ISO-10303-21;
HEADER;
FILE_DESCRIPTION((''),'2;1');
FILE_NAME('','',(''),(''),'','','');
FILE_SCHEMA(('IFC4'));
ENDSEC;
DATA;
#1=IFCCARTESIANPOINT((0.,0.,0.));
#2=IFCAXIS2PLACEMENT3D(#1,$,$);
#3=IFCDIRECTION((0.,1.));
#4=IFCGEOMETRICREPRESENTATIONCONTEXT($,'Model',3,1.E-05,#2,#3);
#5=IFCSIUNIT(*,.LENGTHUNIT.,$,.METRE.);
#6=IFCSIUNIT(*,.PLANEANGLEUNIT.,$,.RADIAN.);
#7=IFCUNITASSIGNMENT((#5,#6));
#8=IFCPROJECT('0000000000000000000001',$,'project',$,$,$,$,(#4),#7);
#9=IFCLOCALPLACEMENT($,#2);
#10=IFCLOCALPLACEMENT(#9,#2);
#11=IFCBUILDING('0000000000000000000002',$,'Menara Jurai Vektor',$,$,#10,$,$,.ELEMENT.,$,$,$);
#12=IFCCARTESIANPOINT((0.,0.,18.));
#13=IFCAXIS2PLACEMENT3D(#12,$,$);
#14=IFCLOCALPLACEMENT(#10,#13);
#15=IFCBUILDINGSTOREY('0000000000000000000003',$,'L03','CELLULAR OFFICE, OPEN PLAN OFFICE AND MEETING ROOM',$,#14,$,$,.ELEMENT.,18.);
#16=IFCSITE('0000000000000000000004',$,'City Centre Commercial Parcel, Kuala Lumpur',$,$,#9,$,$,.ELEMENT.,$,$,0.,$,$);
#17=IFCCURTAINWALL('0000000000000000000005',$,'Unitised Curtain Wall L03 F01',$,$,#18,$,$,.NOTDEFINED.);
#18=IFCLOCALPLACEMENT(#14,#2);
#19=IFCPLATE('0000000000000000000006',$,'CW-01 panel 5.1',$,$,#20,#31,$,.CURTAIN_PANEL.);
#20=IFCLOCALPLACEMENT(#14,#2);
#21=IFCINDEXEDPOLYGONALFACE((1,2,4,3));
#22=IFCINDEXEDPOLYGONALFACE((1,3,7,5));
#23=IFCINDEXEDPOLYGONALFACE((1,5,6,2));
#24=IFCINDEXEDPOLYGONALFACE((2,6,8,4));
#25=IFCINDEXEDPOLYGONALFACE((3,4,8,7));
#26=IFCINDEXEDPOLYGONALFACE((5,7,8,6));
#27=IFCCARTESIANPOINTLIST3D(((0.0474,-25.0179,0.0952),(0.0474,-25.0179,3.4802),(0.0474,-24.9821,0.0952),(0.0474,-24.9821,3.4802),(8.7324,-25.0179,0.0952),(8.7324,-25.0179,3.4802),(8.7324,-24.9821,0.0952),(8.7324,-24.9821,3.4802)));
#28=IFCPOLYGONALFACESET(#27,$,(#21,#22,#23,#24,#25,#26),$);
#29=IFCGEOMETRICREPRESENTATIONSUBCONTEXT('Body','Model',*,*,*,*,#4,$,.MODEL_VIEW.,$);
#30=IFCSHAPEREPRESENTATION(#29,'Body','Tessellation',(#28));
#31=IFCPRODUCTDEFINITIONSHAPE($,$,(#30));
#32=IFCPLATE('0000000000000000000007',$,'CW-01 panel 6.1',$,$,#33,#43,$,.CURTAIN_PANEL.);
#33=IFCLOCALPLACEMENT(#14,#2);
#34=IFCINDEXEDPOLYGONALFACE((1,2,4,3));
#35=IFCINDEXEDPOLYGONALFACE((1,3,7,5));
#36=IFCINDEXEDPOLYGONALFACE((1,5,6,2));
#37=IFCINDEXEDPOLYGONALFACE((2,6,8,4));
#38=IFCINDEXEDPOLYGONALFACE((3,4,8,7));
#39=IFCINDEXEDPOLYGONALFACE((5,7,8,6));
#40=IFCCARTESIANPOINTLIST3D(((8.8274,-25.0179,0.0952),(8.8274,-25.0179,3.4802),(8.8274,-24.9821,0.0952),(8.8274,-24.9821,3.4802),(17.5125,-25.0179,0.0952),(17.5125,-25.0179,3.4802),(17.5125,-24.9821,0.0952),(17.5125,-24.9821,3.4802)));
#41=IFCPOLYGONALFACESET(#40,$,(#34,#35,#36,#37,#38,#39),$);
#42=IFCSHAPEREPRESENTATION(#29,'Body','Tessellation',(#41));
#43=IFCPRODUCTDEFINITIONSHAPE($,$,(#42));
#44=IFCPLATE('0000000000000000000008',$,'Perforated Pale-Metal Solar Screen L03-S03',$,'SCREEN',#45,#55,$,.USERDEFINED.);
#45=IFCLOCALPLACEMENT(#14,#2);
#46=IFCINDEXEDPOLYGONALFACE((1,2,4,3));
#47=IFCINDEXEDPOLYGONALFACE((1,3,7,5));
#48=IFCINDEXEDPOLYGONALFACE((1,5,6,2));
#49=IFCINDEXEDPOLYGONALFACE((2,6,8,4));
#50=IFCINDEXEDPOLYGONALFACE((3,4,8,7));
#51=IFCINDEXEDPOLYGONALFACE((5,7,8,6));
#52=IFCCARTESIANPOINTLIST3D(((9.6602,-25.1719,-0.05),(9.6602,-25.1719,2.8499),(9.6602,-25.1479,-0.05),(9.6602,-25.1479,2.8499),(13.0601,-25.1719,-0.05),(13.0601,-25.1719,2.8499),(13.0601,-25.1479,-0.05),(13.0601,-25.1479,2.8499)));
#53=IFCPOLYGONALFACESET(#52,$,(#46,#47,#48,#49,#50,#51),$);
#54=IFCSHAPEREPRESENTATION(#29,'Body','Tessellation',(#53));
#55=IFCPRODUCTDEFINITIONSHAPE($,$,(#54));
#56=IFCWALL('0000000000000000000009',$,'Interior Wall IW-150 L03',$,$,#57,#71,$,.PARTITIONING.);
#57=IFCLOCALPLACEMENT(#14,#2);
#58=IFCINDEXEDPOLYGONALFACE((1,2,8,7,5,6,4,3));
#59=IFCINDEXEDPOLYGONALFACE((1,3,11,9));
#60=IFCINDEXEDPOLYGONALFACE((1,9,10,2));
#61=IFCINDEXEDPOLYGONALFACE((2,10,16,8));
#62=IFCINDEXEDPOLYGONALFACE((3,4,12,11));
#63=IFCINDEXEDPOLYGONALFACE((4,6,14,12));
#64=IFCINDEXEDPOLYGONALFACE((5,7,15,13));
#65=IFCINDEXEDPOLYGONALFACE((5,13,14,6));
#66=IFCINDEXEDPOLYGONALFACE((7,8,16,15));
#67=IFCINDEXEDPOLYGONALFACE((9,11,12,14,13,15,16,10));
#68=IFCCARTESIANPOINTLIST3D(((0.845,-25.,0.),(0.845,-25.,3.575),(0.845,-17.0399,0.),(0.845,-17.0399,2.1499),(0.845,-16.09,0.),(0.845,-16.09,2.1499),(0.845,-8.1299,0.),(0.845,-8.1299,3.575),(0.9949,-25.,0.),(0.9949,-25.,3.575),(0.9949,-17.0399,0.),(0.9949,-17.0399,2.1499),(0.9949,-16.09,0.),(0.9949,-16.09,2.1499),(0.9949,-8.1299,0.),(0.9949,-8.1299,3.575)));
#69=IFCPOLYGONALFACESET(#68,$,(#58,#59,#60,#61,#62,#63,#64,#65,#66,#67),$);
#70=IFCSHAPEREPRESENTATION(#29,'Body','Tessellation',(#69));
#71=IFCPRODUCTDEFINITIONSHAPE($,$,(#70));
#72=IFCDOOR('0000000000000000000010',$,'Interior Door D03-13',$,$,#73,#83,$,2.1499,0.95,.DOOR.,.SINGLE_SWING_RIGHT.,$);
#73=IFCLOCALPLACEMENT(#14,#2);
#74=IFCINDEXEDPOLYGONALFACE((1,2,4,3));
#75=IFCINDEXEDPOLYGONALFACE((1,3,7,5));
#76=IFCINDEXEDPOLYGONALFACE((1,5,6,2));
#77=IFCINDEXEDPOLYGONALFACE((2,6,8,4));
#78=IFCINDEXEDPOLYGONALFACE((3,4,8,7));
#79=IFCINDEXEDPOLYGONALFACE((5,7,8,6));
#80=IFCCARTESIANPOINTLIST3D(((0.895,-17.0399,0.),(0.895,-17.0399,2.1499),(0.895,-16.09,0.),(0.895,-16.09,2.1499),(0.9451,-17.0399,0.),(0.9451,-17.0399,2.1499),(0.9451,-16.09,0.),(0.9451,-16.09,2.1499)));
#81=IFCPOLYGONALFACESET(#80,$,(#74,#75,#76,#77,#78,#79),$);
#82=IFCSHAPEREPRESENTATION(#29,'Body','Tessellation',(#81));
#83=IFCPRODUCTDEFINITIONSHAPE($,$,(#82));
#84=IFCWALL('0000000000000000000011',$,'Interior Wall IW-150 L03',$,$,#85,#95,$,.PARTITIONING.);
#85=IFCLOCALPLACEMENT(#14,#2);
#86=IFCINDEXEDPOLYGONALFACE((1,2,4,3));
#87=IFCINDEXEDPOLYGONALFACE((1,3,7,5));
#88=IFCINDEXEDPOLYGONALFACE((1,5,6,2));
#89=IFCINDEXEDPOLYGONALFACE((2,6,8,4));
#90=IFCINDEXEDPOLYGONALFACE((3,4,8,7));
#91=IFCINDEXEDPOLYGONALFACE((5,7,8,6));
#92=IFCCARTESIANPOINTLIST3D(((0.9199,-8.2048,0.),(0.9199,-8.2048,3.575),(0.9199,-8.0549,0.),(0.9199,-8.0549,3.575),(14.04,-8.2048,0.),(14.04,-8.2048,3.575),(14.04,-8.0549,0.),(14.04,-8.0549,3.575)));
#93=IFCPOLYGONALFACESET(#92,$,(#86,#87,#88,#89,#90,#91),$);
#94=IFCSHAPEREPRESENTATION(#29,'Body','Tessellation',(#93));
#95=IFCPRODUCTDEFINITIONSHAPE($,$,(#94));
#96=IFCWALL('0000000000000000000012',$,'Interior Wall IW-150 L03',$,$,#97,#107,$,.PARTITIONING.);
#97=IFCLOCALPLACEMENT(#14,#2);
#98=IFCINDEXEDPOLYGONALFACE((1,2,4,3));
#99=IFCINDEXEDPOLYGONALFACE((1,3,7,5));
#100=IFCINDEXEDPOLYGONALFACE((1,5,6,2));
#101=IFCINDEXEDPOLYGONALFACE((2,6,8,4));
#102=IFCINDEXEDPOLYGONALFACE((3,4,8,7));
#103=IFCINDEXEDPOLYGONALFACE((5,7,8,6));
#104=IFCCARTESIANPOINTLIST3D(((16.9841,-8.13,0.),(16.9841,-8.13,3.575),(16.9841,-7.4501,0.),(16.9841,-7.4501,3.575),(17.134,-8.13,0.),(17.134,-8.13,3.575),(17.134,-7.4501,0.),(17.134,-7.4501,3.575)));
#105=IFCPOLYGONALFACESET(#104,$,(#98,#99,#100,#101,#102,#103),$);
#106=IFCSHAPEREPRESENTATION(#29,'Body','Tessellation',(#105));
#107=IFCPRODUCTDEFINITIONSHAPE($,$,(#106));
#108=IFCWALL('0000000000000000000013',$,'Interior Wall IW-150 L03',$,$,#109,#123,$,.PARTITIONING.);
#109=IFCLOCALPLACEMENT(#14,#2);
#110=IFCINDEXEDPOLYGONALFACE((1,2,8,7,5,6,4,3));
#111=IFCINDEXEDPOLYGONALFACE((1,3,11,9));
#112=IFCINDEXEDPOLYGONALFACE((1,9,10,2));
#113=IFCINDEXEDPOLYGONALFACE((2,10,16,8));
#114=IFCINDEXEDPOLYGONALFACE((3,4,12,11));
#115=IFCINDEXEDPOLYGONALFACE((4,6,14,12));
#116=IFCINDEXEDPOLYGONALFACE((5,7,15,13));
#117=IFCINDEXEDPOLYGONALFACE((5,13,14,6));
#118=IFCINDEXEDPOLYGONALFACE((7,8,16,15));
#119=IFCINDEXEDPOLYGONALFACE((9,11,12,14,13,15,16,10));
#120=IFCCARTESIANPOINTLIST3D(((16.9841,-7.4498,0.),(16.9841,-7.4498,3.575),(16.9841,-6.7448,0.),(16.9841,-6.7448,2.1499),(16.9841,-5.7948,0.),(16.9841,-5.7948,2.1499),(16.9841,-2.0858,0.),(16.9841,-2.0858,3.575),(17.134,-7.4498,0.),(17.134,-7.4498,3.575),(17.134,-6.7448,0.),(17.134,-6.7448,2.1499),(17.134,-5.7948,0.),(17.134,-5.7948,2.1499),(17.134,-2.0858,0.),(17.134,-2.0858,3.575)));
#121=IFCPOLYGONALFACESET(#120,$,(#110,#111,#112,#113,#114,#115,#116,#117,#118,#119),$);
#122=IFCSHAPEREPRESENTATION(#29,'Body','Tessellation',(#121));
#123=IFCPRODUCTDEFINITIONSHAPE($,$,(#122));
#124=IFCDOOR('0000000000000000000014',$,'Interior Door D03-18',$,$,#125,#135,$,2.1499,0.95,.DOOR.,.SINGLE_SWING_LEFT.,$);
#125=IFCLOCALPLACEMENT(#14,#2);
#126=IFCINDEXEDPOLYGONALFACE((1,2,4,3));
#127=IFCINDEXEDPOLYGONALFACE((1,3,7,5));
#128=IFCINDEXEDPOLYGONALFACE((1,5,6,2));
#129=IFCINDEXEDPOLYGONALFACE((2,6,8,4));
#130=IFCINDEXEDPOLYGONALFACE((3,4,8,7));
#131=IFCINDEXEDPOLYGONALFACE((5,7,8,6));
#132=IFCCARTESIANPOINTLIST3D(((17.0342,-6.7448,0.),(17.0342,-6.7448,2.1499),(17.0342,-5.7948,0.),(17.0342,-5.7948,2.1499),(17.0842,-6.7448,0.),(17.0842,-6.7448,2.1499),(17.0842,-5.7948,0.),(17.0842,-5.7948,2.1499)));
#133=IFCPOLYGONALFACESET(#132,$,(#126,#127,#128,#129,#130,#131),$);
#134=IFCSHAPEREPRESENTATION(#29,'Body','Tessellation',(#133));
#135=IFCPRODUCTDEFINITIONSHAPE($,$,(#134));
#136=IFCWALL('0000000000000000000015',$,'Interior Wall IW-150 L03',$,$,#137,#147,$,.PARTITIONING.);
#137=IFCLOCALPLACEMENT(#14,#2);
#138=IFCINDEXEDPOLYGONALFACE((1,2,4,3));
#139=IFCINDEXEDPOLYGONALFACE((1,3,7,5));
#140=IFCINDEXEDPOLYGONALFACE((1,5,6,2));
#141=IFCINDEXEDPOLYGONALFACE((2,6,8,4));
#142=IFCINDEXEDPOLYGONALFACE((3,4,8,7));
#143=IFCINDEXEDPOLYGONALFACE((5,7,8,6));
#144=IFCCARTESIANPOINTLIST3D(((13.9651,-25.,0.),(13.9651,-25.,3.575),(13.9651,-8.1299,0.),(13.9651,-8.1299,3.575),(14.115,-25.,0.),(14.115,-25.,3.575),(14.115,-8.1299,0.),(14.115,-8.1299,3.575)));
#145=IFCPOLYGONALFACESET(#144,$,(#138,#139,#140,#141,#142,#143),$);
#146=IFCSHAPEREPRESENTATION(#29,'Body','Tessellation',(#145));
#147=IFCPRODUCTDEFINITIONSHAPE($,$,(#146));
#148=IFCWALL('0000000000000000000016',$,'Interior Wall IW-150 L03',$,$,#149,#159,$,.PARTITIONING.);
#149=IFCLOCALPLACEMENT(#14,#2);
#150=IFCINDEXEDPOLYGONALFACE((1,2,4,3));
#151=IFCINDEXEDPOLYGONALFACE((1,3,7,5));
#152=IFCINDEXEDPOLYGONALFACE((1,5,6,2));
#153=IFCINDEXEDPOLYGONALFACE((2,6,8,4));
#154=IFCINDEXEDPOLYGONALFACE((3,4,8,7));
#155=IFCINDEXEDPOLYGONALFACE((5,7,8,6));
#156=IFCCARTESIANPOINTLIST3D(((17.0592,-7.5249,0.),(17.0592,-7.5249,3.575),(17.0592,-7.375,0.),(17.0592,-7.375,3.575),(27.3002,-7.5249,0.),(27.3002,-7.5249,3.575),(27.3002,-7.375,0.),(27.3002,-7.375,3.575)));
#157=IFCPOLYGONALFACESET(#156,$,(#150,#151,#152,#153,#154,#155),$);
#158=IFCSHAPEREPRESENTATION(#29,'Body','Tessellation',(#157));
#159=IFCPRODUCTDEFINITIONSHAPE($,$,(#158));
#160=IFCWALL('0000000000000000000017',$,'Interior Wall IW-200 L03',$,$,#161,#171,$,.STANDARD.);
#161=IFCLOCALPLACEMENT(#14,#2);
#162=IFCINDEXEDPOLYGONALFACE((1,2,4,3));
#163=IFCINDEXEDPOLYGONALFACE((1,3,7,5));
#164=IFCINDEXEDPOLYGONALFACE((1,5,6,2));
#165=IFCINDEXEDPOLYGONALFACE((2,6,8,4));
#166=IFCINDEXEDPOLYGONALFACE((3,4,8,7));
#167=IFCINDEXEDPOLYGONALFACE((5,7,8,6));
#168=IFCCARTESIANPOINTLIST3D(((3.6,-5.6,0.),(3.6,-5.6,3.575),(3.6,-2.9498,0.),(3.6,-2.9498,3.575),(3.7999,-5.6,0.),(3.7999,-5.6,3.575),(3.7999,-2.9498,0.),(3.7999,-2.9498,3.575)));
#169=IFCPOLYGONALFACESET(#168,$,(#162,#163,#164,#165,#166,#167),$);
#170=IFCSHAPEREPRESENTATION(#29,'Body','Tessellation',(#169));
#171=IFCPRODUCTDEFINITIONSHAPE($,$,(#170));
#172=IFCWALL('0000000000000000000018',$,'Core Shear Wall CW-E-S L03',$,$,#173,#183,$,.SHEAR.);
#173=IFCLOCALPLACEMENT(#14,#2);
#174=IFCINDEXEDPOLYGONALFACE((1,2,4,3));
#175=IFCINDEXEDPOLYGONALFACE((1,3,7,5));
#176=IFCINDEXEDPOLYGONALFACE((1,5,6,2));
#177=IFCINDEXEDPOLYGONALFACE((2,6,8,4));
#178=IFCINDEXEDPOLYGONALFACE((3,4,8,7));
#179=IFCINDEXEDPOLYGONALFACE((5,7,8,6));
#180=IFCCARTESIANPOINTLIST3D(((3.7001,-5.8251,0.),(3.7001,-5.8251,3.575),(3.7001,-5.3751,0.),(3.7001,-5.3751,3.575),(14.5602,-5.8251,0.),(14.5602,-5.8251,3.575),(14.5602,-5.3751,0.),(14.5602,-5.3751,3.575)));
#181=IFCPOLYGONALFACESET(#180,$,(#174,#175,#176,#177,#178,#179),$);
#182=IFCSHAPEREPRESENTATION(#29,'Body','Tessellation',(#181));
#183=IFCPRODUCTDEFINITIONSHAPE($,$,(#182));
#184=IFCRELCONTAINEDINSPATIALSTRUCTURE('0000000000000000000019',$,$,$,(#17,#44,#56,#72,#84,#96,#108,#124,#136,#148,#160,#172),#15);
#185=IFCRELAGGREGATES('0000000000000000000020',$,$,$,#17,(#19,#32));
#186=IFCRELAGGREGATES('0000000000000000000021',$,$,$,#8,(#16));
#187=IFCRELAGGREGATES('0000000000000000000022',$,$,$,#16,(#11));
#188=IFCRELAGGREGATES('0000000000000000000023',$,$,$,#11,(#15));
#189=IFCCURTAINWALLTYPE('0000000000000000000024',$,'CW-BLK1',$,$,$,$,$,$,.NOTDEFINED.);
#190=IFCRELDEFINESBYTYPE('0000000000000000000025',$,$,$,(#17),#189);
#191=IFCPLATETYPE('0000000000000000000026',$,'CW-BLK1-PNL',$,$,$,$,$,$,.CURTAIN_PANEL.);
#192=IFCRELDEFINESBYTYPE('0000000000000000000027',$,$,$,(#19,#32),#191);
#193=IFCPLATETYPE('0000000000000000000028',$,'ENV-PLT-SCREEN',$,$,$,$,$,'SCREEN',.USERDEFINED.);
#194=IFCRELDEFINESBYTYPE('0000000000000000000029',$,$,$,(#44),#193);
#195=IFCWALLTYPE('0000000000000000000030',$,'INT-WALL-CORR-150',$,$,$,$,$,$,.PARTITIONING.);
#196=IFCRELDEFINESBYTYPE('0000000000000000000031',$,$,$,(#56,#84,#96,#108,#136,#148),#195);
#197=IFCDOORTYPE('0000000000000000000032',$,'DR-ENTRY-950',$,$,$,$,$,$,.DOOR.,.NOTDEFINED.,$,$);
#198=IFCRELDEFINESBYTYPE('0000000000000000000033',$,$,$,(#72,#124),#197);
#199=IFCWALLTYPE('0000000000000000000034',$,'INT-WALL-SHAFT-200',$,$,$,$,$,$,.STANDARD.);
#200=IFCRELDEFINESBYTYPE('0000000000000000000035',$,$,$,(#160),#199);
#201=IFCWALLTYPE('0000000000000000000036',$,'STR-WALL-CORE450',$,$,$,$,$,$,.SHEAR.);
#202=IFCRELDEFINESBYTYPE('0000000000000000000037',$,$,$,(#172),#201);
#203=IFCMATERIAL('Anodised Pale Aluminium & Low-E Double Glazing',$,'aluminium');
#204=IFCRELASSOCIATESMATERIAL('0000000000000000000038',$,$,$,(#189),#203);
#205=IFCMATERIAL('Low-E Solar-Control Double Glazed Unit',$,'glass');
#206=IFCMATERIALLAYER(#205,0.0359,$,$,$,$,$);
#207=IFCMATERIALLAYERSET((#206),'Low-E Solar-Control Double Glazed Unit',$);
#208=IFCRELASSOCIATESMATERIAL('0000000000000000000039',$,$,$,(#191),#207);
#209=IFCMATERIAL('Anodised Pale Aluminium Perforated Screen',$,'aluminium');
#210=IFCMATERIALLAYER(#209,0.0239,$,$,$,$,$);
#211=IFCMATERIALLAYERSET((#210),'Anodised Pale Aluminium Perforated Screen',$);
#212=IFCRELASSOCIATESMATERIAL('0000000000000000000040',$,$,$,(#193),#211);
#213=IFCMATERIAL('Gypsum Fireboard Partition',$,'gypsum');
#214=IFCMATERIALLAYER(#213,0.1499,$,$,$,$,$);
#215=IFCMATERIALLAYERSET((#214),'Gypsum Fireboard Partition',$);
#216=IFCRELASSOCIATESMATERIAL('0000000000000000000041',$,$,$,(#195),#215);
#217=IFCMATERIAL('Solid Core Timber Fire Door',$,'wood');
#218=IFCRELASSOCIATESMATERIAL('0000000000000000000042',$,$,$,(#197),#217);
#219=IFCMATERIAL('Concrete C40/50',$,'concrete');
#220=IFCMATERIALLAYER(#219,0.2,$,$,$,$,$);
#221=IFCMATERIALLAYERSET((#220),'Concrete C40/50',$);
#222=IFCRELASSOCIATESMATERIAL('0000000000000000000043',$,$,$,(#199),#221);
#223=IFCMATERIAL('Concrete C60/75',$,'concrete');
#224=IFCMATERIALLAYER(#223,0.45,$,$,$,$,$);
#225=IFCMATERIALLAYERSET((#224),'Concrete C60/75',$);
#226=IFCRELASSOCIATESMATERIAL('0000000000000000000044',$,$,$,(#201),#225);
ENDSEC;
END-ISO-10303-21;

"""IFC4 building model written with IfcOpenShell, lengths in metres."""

from ifc_helpers import new_model, si_unit, direction, frame, frame_2d, origin, origin_2d, place, context, subcontext, project, spatial, rectangle, extrude, material, layer, layer_set, type_object, element, fill, aggregate, save


model = new_model("IFC4")

# Units and contexts
model_context = context("Model", 3, precision=1e-05, world=origin(), true_north=direction((0.0, 1.0)))
body_context = subcontext(model_context, "Body", "Model", "MODEL_VIEW")
ifc_project = project(units=[si_unit("LENGTHUNIT", "METRE"), si_unit("PLANEANGLEUNIT", "RADIAN")], contexts=[model_context])

# Site, building, storey
site_placement = place(None, origin())
site = spatial("IfcSite", under=ifc_project, at=site_placement, Name="City Centre Commercial Parcel, Kuala Lumpur", CompositionType="ELEMENT", RefElevation=0.0)
building_placement = place(site_placement, origin())
building = spatial("IfcBuilding", under=site, at=building_placement, Name="Menara Jurai Vektor", CompositionType="ELEMENT")
storey_placement = place(building_placement, frame((0.0, 0.0, 18.0)))
storey = spatial("IfcBuildingStorey", under=building, at=storey_placement, Name="L03", Description="CELLULAR OFFICE, OPEN PLAN OFFICE AND MEETING ROOM", CompositionType="ELEMENT", Elevation=18.0)

# Shared definitions
ifc_material_1 = material(Name="Concrete C60/75", Category="concrete")

# Curtain wall
ifc_material_2 = material(Name="Anodised Pale Aluminium & Low-E Double Glazing", Category="aluminium")
curtain_wall_type = type_object("IfcCurtainWallType", Name="CW-BLK1", PredefinedType="NOTDEFINED", material=ifc_material_2)
curtain_wall_placement = place(storey_placement, origin())
curtain_wall = element("IfcCurtainWall", 1, at=curtain_wall_placement, inside=storey, type_object=curtain_wall_type, Name="Unitised Curtain Wall L03 F01", PredefinedType="NOTDEFINED")

# Plates
ifc_material_3 = material(Name="Low-E Solar-Control Double Glazed Unit", Category="glass")
ifc_layer_1 = layer(ifc_material_3, 0.0359)
ifc_layer_set_1 = layer_set([ifc_layer_1], Name="Low-E Solar-Control Double Glazed Unit")
plate_type_1 = type_object("IfcPlateType", Name="CW-BLK1-PNL", PredefinedType="CURTAIN_PANEL", material=ifc_layer_set_1)
plate_1_placement = place(storey_placement, frame((4.3899, -25.0, 0.0952), z_axis=(0.0, 0.0, 1.0), x_axis=(1.0, 0.0, 0.0)))
plate_1 = element("IfcPlate", 2, at=plate_1_placement, type_object=plate_type_1, Name="CW-01 panel 5.1", PredefinedType="CURTAIN_PANEL", context=body_context, shape_type="SweptSolid", body=[
    extrude(rectangle(XDim=8.6851, YDim=0.0359, at=origin_2d()), origin(), (0.0, 0.0, 1.0), 3.385),
])
plate_2_placement = place(storey_placement, frame((13.1699, -25.0, 0.0952), z_axis=(0.0, 0.0, 1.0), x_axis=(1.0, 0.0, 0.0)))
plate_2 = element("IfcPlate", 3, at=plate_2_placement, type_object=plate_type_1, Name="CW-01 panel 6.1", PredefinedType="CURTAIN_PANEL", context=body_context, shape_type="SweptSolid", body=[
    extrude(rectangle(XDim=8.6851, YDim=0.0359, at=origin_2d()), origin(), (0.0, 0.0, 1.0), 3.385),
])
aggregate(curtain_wall, [plate_1, plate_2])
ifc_material_4 = material(Name="Anodised Pale Aluminium Perforated Screen", Category="aluminium")
ifc_layer_2 = layer(ifc_material_4, 0.0239)
ifc_layer_set_2 = layer_set([ifc_layer_2], Name="Anodised Pale Aluminium Perforated Screen")
plate_type_2 = type_object("IfcPlateType", Name="ENV-PLT-SCREEN", ElementType="SCREEN", PredefinedType="USERDEFINED", material=ifc_layer_set_2)
plate_3_placement = place(storey_placement, frame((11.3601, -25.1599, -0.05), z_axis=(0.0, 0.0, 1.0), x_axis=(1.0, 0.0, 0.0)))
element("IfcPlate", 4, at=plate_3_placement, inside=storey, type_object=plate_type_2, Name="Perforated Pale-Metal Solar Screen L03-S03", ObjectType="SCREEN", PredefinedType="USERDEFINED", context=body_context, shape_type="SweptSolid", body=[
    extrude(rectangle(XDim=3.3999, YDim=0.0239, at=origin_2d()), origin(), (0.0, 0.0, 1.0), 2.8999),
])

# Wall, opening, door
ifc_material_5 = material(Name="Gypsum Fireboard Partition", Category="gypsum")
ifc_layer_3 = layer(ifc_material_5, 0.1499)
ifc_layer_set_3 = layer_set([ifc_layer_3], Name="Gypsum Fireboard Partition")
wall_type_1 = type_object("IfcWallType", Name="INT-WALL-CORR-150", PredefinedType="PARTITIONING", material=ifc_layer_set_3)
wall_1_placement = place(storey_placement, frame((0.9199, -25.0, 0.0), z_axis=(0.0, 0.0, 1.0), x_axis=(0.0, 1.0, 0.0)))
wall_1 = element("IfcWall", 5, at=wall_1_placement, inside=storey, type_object=wall_type_1, Name="Interior Wall IW-150 L03", PredefinedType="PARTITIONING", context=body_context, shape_type="SweptSolid", body=[
    extrude(rectangle(XDim=16.8701, YDim=0.1499, at=frame_2d((8.4351, 0.0))), origin(), (0.0, 0.0, 1.0), 3.575),
])
opening_1_placement = place(wall_1_placement, frame((7.96, 0.0, 0.0)))
opening_1 = element("IfcOpeningElement", 6, at=opening_1_placement, cuts=wall_1, PredefinedType="OPENING", context=body_context, shape_type="SweptSolid", body=[
    extrude(rectangle(XDim=0.95, YDim=2.1499, at=frame_2d((0.4751, 1.075))), frame((0.0, 0.085, 0.0), z_axis=(0.0, -1.0, 0.0), x_axis=(1.0, 0.0, 0.0)), (0.0, 0.0, 1.0), 0.1699),
])
ifc_material_6 = material(Name="Solid Core Timber Fire Door", Category="wood")
door_type = type_object("IfcDoorType", Name="DR-ENTRY-950", OperationType="NOTDEFINED", PredefinedType="DOOR", material=ifc_material_6)
door_1_placement = place(opening_1_placement, origin())
door_1 = element("IfcDoor", 7, at=door_1_placement, inside=storey, type_object=door_type, Name="Interior Door D03-13", OperationType="SINGLE_SWING_RIGHT", OverallHeight=2.1499, OverallWidth=0.95, PredefinedType="DOOR", context=body_context, shape_type="SweptSolid", body=[
    extrude(rectangle(XDim=0.95, YDim=2.1499, at=frame_2d((0.4751, 1.075))), frame((0.0, 0.0249, 0.0), z_axis=(0.0, -1.0, 0.0), x_axis=(1.0, 0.0, 0.0)), (0.0, 0.0, 1.0), 0.05),
])
fill(opening_1, door_1)

# Wall
wall_2_placement = place(storey_placement, frame((0.9199, -8.1299, 0.0), z_axis=(0.0, 0.0, 1.0), x_axis=(1.0, 0.0, 0.0)))
element("IfcWall", 8, at=wall_2_placement, inside=storey, type_object=wall_type_1, Name="Interior Wall IW-150 L03", PredefinedType="PARTITIONING", context=body_context, shape_type="SweptSolid", body=[
    extrude(rectangle(XDim=13.1201, YDim=0.1499, at=frame_2d((6.5601, 0.0))), origin(), (0.0, 0.0, 1.0), 3.575),
])

# Wall
wall_3_placement = place(storey_placement, frame((17.0591, -8.1299, 0.0), z_axis=(0.0, 0.0, 1.0), x_axis=(0.0, 1.0, 0.0)))
element("IfcWall", 9, at=wall_3_placement, inside=storey, type_object=wall_type_1, Name="Interior Wall IW-150 L03", PredefinedType="PARTITIONING", context=body_context, shape_type="SweptSolid", body=[
    extrude(rectangle(XDim=0.6799, YDim=0.1499, at=frame_2d((0.3398, 0.0))), origin(), (0.0, 0.0, 1.0), 3.575),
])

# Wall, opening, door
wall_4_placement = place(storey_placement, frame((17.0591, -7.45, 0.0), z_axis=(0.0, 0.0, 1.0), x_axis=(0.0, 1.0, 0.0)))
wall_4 = element("IfcWall", 10, at=wall_4_placement, inside=storey, type_object=wall_type_1, Name="Interior Wall IW-150 L03", PredefinedType="PARTITIONING", context=body_context, shape_type="SweptSolid", body=[
    extrude(rectangle(XDim=5.364, YDim=0.1499, at=frame_2d((2.6821, 0.0))), origin(), (0.0, 0.0, 1.0), 3.575),
])
opening_2_placement = place(wall_4_placement, frame((0.7051, 0.0, 0.0)))
opening_2 = element("IfcOpeningElement", 11, at=opening_2_placement, cuts=wall_4, PredefinedType="OPENING", context=body_context, shape_type="SweptSolid", body=[
    extrude(rectangle(XDim=0.95, YDim=2.1499, at=frame_2d((0.4751, 1.075))), frame((0.0, 0.085, 0.0), z_axis=(0.0, -1.0, 0.0), x_axis=(1.0, 0.0, 0.0)), (0.0, 0.0, 1.0), 0.1699),
])
door_2_placement = place(opening_2_placement, origin())
door_2 = element("IfcDoor", 12, at=door_2_placement, inside=storey, type_object=door_type, Name="Interior Door D03-18", OperationType="SINGLE_SWING_LEFT", OverallHeight=2.1499, OverallWidth=0.95, PredefinedType="DOOR", context=body_context, shape_type="SweptSolid", body=[
    extrude(rectangle(XDim=0.95, YDim=2.1499, at=frame_2d((0.4751, 1.075))), frame((0.0, 0.0249, 0.0), z_axis=(0.0, -1.0, 0.0), x_axis=(1.0, 0.0, 0.0)), (0.0, 0.0, 1.0), 0.05),
])
fill(opening_2, door_2)

# Walls
wall_5_placement = place(storey_placement, frame((14.04, -25.0, 0.0), z_axis=(0.0, 0.0, 1.0), x_axis=(0.0, 1.0, 0.0)))
element("IfcWall", 13, at=wall_5_placement, inside=storey, type_object=wall_type_1, Name="Interior Wall IW-150 L03", PredefinedType="PARTITIONING", context=body_context, shape_type="SweptSolid", body=[
    extrude(rectangle(XDim=16.8701, YDim=0.1499, at=frame_2d((8.4351, 0.0))), origin(), (0.0, 0.0, 1.0), 3.575),
])
wall_6_placement = place(storey_placement, frame((17.0591, -7.45, 0.0), z_axis=(0.0, 0.0, 1.0), x_axis=(1.0, 0.0, 0.0)))
element("IfcWall", 14, at=wall_6_placement, inside=storey, type_object=wall_type_1, Name="Interior Wall IW-150 L03", PredefinedType="PARTITIONING", context=body_context, shape_type="SweptSolid", body=[
    extrude(rectangle(XDim=10.241, YDim=0.1499, at=frame_2d((5.1206, 0.0))), origin(), (0.0, 0.0, 1.0), 3.575),
])
ifc_material_7 = material(Name="Concrete C40/50", Category="concrete")
ifc_layer_4 = layer(ifc_material_7, 0.2)
ifc_layer_set_4 = layer_set([ifc_layer_4], Name="Concrete C40/50")
wall_type_2 = type_object("IfcWallType", Name="INT-WALL-SHAFT-200", PredefinedType="STANDARD", material=ifc_layer_set_4)
wall_7_placement = place(storey_placement, frame((3.7, -5.6001, 0.0), z_axis=(0.0, 0.0, 1.0), x_axis=(0.0, 1.0, 0.0)))
element("IfcWall", 15, at=wall_7_placement, inside=storey, type_object=wall_type_2, Name="Interior Wall IW-200 L03", PredefinedType="STANDARD", context=body_context, shape_type="SweptSolid", body=[
    extrude(rectangle(XDim=2.6501, YDim=0.2, at=frame_2d((1.3252, 0.0))), origin(), (0.0, 0.0, 1.0), 3.575),
])
ifc_layer_5 = layer(ifc_material_1, 0.45)
ifc_layer_set_5 = layer_set([ifc_layer_5], Name="Concrete C60/75")
wall_type_3 = type_object("IfcWallType", Name="STR-WALL-CORE450", PredefinedType="SHEAR", material=ifc_layer_set_5)
wall_8_placement = place(storey_placement, frame((3.7, -5.6001, 0.0), z_axis=(0.0, 0.0, 1.0), x_axis=(1.0, 0.0, 0.0)))
element("IfcWall", 16, at=wall_8_placement, inside=storey, type_object=wall_type_3, Name="Core Shear Wall CW-E-S L03", PredefinedType="SHEAR", context=body_context, shape_type="SweptSolid", body=[
    extrude(rectangle(XDim=10.8601, YDim=0.45, at=frame_2d((5.4302, 0.0))), origin(), (0.0, 0.0, 1.0), 3.575),
])

save(model, "model.ifc")
